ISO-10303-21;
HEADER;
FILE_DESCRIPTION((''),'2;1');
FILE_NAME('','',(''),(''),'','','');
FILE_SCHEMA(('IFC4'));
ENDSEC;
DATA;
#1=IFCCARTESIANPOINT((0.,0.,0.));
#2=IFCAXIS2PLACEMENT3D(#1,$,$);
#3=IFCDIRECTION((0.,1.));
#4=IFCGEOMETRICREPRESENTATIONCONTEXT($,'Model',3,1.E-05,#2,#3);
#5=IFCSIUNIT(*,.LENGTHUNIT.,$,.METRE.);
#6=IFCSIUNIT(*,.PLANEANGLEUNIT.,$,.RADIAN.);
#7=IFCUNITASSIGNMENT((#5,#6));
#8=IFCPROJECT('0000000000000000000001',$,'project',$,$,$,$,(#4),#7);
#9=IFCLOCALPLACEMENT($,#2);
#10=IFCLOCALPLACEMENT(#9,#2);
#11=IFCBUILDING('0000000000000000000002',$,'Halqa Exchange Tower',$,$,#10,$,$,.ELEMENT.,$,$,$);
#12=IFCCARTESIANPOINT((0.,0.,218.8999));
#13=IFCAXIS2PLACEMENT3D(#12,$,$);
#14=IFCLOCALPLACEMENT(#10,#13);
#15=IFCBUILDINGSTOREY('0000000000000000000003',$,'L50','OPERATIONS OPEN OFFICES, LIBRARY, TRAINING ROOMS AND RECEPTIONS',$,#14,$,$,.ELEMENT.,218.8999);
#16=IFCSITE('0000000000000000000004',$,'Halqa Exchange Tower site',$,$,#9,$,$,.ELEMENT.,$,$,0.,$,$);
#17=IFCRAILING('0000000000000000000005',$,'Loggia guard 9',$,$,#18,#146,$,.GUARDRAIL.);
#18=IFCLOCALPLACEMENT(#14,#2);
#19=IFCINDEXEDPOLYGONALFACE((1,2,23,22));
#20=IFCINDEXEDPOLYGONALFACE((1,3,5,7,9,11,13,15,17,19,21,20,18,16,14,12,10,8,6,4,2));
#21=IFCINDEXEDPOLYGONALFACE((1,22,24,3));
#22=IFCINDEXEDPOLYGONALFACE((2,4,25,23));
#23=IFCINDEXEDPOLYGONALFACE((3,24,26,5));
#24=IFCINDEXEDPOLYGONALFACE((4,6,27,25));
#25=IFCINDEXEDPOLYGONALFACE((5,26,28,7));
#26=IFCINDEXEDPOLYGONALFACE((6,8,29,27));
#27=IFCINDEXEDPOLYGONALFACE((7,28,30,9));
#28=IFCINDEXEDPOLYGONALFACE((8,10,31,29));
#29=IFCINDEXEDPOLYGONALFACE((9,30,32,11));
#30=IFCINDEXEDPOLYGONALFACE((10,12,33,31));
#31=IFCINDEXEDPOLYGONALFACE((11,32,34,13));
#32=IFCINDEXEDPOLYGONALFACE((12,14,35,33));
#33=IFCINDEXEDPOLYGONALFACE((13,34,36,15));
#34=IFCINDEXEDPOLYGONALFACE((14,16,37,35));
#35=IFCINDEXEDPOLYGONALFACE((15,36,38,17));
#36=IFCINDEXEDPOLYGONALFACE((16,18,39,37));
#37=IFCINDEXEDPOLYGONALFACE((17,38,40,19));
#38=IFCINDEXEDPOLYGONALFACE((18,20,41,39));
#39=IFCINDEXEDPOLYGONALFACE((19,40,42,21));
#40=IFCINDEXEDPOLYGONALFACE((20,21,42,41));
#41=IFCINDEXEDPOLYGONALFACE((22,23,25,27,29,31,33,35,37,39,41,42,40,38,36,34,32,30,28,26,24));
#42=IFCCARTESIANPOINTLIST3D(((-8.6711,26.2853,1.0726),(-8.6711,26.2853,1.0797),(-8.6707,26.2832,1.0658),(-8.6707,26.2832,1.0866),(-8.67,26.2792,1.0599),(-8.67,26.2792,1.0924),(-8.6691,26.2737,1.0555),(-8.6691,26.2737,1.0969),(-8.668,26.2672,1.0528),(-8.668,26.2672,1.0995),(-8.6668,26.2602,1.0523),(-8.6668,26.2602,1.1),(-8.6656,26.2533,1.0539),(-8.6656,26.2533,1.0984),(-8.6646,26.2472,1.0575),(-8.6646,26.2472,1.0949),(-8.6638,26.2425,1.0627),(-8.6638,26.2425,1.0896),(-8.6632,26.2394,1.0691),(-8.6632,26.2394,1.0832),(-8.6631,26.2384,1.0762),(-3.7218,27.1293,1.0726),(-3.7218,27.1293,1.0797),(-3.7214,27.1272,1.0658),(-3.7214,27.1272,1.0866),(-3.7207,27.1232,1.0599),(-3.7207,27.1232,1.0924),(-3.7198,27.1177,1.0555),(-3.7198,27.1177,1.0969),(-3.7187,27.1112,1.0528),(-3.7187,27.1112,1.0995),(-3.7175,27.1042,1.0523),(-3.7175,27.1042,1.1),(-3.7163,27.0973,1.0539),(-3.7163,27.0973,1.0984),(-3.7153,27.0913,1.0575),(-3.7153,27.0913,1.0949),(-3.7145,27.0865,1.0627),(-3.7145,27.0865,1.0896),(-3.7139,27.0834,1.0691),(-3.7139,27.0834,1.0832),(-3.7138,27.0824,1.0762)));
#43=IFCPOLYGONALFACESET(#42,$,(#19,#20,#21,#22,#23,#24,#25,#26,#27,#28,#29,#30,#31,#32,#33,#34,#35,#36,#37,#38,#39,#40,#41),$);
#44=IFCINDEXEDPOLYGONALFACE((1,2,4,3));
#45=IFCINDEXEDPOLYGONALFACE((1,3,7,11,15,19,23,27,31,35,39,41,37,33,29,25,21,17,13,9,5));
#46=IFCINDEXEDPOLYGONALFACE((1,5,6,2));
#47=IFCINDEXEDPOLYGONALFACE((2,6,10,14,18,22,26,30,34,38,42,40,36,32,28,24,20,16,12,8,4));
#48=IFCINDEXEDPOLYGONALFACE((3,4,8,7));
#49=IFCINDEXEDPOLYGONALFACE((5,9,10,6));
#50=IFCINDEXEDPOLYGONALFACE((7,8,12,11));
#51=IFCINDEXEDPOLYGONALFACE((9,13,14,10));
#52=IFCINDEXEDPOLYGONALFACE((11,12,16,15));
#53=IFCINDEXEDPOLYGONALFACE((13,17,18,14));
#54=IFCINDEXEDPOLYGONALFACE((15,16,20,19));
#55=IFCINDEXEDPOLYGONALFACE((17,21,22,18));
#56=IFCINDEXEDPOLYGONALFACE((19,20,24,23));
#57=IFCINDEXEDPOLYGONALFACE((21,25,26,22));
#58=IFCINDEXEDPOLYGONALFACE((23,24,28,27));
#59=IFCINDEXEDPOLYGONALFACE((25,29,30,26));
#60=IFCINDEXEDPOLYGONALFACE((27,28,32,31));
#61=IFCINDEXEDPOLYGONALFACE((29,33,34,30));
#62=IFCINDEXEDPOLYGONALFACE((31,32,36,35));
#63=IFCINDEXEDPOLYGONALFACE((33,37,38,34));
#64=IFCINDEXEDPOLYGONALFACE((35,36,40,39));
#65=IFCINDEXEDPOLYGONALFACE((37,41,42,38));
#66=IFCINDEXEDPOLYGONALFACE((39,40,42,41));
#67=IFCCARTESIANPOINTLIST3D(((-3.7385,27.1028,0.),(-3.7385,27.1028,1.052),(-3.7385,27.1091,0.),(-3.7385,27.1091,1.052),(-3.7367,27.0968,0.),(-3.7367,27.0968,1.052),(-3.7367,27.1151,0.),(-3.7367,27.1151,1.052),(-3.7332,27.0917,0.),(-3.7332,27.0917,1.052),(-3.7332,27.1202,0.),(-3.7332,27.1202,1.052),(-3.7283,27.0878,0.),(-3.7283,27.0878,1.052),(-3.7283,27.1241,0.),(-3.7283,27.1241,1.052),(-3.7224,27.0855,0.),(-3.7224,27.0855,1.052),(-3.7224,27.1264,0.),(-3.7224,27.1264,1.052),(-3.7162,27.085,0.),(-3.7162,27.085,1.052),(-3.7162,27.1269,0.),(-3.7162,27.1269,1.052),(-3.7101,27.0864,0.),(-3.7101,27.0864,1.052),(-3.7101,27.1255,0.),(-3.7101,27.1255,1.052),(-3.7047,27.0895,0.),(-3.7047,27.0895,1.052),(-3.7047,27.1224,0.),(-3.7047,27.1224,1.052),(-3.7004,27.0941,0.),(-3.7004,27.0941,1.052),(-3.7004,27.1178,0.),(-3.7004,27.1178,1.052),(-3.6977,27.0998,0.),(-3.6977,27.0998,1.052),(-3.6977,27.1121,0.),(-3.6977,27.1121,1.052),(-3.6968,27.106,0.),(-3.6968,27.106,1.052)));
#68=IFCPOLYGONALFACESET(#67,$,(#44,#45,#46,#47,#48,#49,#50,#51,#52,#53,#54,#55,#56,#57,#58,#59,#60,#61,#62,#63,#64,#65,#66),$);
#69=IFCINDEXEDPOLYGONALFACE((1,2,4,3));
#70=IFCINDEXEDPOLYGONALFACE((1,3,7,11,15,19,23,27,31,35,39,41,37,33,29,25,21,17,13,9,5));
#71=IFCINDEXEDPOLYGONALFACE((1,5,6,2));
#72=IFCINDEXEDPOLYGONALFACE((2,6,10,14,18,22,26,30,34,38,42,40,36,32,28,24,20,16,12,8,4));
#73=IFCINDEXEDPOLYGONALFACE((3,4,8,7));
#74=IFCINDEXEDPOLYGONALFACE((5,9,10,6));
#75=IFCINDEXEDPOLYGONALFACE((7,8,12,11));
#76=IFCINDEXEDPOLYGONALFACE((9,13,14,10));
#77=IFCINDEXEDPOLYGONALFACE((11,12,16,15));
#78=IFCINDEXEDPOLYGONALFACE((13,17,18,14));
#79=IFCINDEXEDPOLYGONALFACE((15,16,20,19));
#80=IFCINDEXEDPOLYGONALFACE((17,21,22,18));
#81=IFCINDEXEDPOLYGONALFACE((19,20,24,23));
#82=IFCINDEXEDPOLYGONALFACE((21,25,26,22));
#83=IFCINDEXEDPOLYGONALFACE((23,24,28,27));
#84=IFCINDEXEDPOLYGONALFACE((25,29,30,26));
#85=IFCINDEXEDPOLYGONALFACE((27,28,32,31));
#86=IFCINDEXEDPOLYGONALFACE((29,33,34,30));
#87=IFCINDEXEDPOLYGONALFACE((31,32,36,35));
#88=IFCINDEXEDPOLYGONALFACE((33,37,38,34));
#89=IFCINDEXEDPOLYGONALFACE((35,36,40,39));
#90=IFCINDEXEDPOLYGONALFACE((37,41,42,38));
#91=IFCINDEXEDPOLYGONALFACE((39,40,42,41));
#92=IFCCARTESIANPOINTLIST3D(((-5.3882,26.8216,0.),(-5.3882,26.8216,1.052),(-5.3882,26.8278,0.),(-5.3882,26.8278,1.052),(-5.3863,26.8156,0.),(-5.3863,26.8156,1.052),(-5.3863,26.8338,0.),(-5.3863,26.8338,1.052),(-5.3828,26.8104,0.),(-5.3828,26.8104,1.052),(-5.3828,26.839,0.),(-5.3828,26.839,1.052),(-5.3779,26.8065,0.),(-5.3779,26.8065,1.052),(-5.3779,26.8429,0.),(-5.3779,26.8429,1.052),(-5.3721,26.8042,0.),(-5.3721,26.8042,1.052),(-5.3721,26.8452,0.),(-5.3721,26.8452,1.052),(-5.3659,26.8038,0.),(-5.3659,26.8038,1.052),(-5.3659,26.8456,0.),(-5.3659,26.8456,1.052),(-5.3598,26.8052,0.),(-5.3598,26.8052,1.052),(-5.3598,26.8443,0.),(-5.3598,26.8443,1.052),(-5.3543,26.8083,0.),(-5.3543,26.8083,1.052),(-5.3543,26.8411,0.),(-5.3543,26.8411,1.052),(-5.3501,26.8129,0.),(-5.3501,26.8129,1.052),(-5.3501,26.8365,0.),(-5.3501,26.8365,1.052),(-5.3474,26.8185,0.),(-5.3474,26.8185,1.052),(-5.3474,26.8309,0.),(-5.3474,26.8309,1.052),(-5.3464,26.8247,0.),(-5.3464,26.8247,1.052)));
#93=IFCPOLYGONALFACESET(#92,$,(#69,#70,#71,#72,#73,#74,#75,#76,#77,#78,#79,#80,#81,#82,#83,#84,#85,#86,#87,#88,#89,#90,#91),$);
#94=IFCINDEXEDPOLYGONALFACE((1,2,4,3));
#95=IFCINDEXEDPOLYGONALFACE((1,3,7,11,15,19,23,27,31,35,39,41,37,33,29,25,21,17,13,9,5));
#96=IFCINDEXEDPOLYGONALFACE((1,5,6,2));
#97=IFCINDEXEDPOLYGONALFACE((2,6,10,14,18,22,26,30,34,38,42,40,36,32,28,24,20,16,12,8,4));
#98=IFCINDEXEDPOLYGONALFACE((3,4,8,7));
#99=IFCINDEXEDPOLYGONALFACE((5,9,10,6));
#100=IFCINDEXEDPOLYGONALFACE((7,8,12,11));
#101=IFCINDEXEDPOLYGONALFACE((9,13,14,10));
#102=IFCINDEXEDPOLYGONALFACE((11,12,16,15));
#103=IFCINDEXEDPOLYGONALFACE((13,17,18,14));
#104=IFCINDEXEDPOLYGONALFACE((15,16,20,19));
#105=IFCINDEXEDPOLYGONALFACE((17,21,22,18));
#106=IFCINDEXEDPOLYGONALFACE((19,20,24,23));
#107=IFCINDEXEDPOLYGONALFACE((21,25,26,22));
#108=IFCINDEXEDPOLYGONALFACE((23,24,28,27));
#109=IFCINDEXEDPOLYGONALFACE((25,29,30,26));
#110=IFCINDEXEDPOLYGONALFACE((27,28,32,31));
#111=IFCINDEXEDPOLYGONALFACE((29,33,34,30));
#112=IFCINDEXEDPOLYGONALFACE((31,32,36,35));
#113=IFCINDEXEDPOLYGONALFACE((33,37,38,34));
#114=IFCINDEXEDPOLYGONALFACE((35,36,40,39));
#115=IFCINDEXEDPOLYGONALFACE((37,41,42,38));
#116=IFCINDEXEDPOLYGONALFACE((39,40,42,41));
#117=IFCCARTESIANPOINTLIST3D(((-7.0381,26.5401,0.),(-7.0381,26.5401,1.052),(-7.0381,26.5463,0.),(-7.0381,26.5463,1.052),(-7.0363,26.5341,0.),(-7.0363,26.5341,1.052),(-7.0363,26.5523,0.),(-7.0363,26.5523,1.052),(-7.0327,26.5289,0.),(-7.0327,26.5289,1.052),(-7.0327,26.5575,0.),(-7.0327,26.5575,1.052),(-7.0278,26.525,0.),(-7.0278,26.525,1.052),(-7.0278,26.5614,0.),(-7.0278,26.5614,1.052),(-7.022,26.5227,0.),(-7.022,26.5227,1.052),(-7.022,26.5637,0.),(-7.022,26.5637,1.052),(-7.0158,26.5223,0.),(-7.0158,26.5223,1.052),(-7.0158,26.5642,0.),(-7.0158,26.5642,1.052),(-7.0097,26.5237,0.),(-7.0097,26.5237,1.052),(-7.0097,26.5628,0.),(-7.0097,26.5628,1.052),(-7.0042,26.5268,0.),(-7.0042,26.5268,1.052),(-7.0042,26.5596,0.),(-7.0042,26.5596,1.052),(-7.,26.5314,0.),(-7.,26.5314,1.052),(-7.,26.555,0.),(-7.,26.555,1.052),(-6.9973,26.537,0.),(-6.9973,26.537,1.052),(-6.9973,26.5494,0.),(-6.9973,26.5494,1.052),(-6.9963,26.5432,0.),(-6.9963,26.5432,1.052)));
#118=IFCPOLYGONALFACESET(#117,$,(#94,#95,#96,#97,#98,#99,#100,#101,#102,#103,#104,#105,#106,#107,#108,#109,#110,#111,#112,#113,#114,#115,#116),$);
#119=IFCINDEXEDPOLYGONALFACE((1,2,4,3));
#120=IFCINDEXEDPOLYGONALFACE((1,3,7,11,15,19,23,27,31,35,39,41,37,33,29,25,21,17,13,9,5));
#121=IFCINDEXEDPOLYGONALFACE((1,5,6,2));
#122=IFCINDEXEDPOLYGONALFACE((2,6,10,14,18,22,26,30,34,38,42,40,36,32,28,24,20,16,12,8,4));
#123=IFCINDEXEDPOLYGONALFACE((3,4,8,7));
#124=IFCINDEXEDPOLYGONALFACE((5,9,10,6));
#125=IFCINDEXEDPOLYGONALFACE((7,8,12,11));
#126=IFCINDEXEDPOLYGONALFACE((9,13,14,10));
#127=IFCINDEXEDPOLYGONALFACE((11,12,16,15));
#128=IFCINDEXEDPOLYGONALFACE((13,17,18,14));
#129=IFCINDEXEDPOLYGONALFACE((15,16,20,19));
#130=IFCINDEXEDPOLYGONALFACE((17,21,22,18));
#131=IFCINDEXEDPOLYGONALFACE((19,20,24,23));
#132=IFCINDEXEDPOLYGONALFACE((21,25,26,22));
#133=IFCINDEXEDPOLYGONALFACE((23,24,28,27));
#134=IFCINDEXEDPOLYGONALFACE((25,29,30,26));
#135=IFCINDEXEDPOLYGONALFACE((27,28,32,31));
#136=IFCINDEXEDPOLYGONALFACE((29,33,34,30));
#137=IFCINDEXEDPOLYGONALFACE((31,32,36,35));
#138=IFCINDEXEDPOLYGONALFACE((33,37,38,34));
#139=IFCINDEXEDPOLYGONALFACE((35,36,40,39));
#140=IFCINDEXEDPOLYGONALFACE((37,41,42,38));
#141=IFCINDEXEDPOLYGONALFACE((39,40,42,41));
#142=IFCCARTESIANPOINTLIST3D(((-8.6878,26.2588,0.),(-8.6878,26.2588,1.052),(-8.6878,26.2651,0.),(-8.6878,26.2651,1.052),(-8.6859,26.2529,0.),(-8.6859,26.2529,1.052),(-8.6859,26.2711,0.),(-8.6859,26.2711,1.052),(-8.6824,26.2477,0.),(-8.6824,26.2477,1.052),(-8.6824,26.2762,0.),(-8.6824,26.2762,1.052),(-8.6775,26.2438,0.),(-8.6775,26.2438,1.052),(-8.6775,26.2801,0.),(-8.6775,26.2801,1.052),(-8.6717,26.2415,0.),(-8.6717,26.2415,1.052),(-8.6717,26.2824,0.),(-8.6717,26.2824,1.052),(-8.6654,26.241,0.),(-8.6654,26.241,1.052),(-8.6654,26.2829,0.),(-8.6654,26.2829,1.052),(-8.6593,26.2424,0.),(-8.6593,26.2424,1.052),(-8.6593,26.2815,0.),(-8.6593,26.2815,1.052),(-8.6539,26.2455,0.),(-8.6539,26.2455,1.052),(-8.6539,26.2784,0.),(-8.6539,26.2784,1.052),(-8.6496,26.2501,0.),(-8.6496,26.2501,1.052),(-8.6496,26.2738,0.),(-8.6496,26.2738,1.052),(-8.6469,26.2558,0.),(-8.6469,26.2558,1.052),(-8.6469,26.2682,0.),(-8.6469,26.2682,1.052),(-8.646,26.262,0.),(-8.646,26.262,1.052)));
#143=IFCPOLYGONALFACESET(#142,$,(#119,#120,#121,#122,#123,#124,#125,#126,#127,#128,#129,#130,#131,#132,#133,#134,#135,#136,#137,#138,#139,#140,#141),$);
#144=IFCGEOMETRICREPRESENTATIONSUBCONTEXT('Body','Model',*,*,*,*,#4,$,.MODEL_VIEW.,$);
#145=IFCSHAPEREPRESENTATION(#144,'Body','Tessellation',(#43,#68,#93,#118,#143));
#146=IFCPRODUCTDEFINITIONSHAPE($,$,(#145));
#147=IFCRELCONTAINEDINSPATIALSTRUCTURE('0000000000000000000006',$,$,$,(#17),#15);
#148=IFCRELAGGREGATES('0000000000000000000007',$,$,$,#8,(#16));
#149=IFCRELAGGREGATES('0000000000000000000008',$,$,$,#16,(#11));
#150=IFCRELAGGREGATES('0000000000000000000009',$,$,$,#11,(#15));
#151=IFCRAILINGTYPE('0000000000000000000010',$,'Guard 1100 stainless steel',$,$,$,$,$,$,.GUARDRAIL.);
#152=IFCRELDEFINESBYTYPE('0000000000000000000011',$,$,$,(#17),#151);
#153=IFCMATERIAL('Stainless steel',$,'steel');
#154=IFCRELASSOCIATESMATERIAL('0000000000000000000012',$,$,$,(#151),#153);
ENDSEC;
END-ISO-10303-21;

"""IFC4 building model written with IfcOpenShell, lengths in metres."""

from ifc_helpers import new_model, si_unit, direction, frame, origin, origin_2d, place, context, subcontext, project, spatial, circle, extrude, material, type_object, element, save


model = new_model("IFC4")

# Units and contexts
model_context = context("Model", 3, precision=1e-05, world=origin(), true_north=direction((0.0, 1.0)))
body_context = subcontext(model_context, "Body", "Model", "MODEL_VIEW")
ifc_project = project(units=[si_unit("LENGTHUNIT", "METRE"), si_unit("PLANEANGLEUNIT", "RADIAN")], contexts=[model_context])

# Site, building, storey
site_placement = place(None, origin())
site = spatial("IfcSite", under=ifc_project, at=site_placement, Name="Halqa Exchange Tower site", CompositionType="ELEMENT", RefElevation=0.0)
building_placement = place(site_placement, origin())
building = spatial("IfcBuilding", under=site, at=building_placement, Name="Halqa Exchange Tower", CompositionType="ELEMENT")
storey_placement = place(building_placement, frame((0.0, 0.0, 218.8999)))
storey = spatial("IfcBuildingStorey", under=building, at=storey_placement, Name="L50", Description="OPERATIONS OPEN OFFICES, LIBRARY, TRAINING ROOMS AND RECEPTIONS", CompositionType="ELEMENT", Elevation=218.8999)

# Railing
ifc_material_1 = material(Name="Stainless steel", Category="steel")
railing_type_1 = type_object("IfcRailingType", Name="Guard 1100 stainless steel", PredefinedType="GUARDRAIL", material=ifc_material_1)
railing_1_placement = place(storey_placement, frame((-3.7178, 27.106, 0.0)))
element("IfcRailing", 1, at=railing_1_placement, inside=storey, type_object=railing_type_1, Name="Loggia guard 9", PredefinedType="GUARDRAIL", context=body_context, shape_type="SweptSolid", body=[
    extrude(circle(Radius=0.0239, at=origin_2d()), frame((0.0, 0.0, 1.0762), z_axis=(-0.985769, -0.168104, 0.0), x_axis=(0.168104, -0.985769, 0.0)), (0.0, 0.0, 1.0), 5.0208),
    extrude(circle(Radius=0.021, at=origin_2d()), origin(), (0.0, 0.0, 1.0), 1.052),
    extrude(circle(Radius=0.021, at=origin_2d()), frame((-1.6497, -0.2812, 0.0)), (0.0, 0.0, 1.0), 1.052),
    extrude(circle(Radius=0.021, at=origin_2d()), frame((-3.2996, -0.5627, 0.0)), (0.0, 0.0, 1.0), 1.052),
    extrude(circle(Radius=0.021, at=origin_2d()), frame((-4.9492, -0.844, 0.0)), (0.0, 0.0, 1.0), 1.052),
])

save(model, "model.ifc")
